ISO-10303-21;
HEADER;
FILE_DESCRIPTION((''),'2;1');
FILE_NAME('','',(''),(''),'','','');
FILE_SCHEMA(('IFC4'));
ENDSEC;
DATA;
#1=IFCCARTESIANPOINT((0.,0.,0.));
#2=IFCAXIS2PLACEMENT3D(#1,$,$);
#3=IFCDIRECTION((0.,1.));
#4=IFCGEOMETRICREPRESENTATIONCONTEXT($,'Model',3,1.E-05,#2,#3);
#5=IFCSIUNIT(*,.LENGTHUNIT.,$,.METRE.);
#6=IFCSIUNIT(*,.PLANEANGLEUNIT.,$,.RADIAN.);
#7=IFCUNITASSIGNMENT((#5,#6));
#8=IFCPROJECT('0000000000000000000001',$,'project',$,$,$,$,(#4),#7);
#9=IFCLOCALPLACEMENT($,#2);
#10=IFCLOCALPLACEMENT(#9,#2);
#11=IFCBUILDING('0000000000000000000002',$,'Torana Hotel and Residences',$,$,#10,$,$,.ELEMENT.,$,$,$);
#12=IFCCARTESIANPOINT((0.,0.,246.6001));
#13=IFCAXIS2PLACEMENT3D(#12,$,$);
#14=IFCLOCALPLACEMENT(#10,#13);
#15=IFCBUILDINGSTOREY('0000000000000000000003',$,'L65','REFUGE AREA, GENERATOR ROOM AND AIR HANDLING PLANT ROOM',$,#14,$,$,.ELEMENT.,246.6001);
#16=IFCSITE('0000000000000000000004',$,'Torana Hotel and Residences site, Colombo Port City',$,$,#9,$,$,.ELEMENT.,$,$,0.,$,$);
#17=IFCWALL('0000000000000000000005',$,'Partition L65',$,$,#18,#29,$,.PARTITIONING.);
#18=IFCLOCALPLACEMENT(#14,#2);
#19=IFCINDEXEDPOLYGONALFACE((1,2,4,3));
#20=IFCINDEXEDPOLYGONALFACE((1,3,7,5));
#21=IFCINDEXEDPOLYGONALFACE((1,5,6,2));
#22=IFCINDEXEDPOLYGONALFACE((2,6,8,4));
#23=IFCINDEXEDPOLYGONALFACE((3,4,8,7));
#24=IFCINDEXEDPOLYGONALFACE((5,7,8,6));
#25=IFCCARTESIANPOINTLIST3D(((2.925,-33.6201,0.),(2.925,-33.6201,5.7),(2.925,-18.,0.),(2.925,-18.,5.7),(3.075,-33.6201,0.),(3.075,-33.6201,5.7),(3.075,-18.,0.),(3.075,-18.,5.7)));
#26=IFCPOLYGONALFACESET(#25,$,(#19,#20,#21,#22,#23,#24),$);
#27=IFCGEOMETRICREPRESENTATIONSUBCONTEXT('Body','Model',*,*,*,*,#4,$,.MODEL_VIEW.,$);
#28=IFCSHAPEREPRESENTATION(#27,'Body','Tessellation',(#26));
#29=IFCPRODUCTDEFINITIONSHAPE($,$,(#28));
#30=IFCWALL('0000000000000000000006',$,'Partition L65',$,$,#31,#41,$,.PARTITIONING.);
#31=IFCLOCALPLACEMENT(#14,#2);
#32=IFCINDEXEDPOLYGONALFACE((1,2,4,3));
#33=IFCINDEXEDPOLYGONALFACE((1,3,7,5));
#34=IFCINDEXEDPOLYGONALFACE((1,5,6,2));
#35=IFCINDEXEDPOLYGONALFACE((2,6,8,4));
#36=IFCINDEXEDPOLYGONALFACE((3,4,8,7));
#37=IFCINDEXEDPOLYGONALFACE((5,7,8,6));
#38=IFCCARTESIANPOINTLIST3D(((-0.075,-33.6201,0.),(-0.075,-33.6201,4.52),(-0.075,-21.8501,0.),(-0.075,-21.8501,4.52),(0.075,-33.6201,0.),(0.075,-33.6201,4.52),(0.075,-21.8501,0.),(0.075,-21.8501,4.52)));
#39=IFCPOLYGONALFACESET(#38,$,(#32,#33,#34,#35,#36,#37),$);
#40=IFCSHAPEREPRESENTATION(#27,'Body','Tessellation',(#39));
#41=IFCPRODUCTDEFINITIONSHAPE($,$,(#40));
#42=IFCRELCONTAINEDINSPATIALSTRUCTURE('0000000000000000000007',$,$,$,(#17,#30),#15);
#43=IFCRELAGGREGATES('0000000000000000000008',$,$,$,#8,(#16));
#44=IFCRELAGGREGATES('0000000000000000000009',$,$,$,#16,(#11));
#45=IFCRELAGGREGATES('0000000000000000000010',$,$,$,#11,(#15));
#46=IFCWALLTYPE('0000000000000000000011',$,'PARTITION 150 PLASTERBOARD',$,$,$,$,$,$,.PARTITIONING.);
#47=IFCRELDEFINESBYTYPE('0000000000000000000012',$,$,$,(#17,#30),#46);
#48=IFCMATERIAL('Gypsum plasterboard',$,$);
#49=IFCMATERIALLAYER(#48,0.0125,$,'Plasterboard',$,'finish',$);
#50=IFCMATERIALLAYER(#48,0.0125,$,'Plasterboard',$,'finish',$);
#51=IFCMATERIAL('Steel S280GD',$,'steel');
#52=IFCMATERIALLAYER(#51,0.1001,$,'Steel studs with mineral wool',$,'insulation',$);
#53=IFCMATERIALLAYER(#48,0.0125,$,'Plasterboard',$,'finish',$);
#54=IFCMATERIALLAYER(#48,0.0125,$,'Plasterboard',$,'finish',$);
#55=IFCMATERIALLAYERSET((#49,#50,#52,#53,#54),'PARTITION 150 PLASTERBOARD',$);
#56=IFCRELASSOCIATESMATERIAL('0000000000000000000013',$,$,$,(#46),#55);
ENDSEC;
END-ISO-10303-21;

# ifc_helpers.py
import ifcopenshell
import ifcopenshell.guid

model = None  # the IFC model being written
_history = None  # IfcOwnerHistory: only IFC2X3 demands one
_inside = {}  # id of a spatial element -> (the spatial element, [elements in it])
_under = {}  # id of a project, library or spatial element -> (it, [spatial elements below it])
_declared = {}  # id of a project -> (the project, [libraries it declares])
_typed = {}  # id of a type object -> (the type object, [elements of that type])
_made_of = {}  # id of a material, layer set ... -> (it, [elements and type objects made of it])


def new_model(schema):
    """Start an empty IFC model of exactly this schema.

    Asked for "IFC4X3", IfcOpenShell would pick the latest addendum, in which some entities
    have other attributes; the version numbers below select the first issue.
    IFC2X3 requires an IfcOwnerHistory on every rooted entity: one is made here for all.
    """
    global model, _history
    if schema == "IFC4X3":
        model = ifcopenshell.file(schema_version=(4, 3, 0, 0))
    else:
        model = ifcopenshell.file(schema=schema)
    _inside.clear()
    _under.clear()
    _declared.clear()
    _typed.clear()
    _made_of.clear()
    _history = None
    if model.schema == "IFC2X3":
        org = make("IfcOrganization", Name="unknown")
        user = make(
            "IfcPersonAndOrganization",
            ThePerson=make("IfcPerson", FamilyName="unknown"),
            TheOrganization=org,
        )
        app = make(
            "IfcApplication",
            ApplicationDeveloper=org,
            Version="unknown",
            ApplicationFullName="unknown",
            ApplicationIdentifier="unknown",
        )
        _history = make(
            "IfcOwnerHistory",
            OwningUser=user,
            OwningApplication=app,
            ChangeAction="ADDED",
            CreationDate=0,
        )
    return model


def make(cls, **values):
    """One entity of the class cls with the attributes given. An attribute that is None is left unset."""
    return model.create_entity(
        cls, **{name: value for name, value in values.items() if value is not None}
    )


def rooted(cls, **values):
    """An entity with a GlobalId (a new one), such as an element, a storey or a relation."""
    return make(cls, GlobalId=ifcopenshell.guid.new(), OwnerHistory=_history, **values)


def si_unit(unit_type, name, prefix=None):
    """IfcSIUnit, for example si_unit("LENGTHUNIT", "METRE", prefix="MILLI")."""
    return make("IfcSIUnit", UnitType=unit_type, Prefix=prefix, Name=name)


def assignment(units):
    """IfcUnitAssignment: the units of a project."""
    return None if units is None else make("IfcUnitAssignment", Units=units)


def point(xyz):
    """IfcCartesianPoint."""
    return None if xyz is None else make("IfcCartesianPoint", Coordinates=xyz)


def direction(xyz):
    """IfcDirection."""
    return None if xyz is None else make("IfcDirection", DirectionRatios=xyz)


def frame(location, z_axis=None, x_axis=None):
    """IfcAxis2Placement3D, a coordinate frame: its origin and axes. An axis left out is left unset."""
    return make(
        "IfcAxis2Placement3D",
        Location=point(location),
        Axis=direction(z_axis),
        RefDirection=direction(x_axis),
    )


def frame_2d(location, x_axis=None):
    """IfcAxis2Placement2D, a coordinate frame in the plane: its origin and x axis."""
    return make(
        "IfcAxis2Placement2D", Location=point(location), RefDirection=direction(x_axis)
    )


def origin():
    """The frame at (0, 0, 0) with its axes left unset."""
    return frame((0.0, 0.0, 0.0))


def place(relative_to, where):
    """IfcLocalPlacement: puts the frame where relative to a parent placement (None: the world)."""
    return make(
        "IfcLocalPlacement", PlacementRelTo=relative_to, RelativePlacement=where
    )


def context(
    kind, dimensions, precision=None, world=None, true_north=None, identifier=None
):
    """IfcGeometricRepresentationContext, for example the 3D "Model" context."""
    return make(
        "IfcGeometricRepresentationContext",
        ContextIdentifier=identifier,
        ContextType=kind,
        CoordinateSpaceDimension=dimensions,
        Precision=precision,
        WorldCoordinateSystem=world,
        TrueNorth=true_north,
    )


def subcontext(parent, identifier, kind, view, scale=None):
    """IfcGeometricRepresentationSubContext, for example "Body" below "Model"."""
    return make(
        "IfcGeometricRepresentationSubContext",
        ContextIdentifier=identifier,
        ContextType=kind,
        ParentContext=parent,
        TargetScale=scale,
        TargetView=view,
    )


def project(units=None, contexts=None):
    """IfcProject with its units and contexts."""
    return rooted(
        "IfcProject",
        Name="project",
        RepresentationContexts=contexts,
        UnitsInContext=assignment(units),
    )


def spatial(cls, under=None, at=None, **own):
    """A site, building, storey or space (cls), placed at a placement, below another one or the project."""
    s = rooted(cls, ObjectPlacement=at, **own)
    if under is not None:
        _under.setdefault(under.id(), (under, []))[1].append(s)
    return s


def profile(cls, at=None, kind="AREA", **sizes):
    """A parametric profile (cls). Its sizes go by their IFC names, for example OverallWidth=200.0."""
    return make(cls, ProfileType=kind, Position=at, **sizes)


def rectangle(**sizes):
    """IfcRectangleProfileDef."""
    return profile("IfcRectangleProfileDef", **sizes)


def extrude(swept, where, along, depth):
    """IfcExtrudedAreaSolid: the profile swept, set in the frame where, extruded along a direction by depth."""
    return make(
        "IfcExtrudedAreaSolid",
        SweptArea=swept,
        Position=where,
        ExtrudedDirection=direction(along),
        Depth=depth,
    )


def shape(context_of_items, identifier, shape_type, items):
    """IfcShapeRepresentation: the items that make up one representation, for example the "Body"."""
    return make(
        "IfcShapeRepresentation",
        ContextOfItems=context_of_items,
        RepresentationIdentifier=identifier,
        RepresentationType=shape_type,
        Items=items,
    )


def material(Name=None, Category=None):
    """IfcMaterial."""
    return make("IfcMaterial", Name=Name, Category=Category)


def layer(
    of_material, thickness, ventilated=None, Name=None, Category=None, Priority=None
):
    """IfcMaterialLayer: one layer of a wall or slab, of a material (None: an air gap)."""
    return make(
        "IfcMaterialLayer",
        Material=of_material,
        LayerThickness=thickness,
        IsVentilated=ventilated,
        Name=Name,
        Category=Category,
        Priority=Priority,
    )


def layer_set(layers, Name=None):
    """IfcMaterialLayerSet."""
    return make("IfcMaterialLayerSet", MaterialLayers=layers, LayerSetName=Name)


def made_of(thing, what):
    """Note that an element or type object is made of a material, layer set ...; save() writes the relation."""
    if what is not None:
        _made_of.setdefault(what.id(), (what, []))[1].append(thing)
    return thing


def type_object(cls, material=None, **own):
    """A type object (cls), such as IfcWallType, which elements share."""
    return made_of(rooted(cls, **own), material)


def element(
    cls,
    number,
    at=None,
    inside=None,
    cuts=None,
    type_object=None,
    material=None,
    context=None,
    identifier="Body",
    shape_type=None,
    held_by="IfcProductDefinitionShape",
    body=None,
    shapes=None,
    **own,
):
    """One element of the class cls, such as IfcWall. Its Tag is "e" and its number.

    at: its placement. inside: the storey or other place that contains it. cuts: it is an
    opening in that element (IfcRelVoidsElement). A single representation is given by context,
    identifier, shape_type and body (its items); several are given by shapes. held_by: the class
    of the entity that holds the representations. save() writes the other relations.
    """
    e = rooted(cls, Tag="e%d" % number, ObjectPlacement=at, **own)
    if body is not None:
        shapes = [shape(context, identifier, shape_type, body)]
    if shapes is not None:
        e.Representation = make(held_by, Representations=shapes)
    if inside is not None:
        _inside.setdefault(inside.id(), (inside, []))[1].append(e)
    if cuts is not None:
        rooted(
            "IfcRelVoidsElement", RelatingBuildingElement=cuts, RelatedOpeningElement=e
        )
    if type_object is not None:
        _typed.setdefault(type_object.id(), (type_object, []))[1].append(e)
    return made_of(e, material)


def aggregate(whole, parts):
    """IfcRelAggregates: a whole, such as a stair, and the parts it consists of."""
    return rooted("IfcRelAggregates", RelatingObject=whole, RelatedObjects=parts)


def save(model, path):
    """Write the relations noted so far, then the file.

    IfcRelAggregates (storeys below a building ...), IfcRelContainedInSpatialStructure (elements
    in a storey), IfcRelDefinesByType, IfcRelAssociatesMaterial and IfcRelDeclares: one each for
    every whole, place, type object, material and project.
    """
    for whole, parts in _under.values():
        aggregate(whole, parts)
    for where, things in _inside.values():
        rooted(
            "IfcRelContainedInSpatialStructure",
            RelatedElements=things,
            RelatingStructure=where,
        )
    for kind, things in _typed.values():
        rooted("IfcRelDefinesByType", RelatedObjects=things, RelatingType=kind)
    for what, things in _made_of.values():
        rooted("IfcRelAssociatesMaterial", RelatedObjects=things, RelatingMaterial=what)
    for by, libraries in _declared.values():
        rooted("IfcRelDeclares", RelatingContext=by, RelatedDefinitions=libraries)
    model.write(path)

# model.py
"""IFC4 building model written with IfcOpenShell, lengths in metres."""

from ifc_helpers import new_model, si_unit, direction, frame, frame_2d, origin, place, context, subcontext, project, spatial, rectangle, extrude, material, layer, layer_set, type_object, element, save


model = new_model("IFC4")

# Units and contexts
model_context = context("Model", 3, precision=1e-05, world=origin(), true_north=direction((0.0, 1.0)))
body_context = subcontext(model_context, "Body", "Model", "MODEL_VIEW")
ifc_project = project(units=[si_unit("LENGTHUNIT", "METRE"), si_unit("PLANEANGLEUNIT", "RADIAN")], contexts=[model_context])

# Site, building, storey
site_placement = place(None, origin())
site = spatial("IfcSite", under=ifc_project, at=site_placement, Name="Torana Hotel and Residences site, Colombo Port City", CompositionType="ELEMENT", RefElevation=0.0)
building_placement = place(site_placement, origin())
building = spatial("IfcBuilding", under=site, at=building_placement, Name="Torana Hotel and Residences", CompositionType="ELEMENT")
storey_placement = place(building_placement, frame((0.0, 0.0, 246.6001)))
storey = spatial("IfcBuildingStorey", under=building, at=storey_placement, Name="L65", Description="REFUGE AREA, GENERATOR ROOM AND AIR HANDLING PLANT ROOM", CompositionType="ELEMENT", Elevation=246.6001)

# Walls
ifc_material_1 = material(Name="Gypsum plasterboard")
ifc_layer_1 = layer(ifc_material_1, 0.0125, Name="Plasterboard", Category="finish")
ifc_layer_2 = layer(ifc_material_1, 0.0125, Name="Plasterboard", Category="finish")
ifc_material_2 = material(Name="Steel S280GD", Category="steel")
ifc_layer_3 = layer(ifc_material_2, 0.1001, Name="Steel studs with mineral wool", Category="insulation")
ifc_layer_4 = layer(ifc_material_1, 0.0125, Name="Plasterboard", Category="finish")
ifc_layer_5 = layer(ifc_material_1, 0.0125, Name="Plasterboard", Category="finish")
ifc_layer_set_1 = layer_set([ifc_layer_1, ifc_layer_2, ifc_layer_3, ifc_layer_4, ifc_layer_5], Name="PARTITION 150 PLASTERBOARD")
wall_type = type_object("IfcWallType", Name="PARTITION 150 PLASTERBOARD", PredefinedType="PARTITIONING", material=ifc_layer_set_1)
wall_1_placement = place(storey_placement, frame((3.0, -33.6201, 0.0), z_axis=(0.0, 0.0, 1.0), x_axis=(0.0, 1.0, 0.0)))
element("IfcWall", 1, at=wall_1_placement, inside=storey, type_object=wall_type, Name="Partition L65", PredefinedType="PARTITIONING", context=body_context, shape_type="SweptSolid", body=[
    extrude(rectangle(XDim=15.6201, YDim=0.1499, at=frame_2d((7.8101, 0.0))), origin(), (0.0, 0.0, 1.0), 5.7),
])
wall_2_placement = place(storey_placement, frame((0.0, -33.6201, 0.0), z_axis=(0.0, 0.0, 1.0), x_axis=(0.0, 1.0, 0.0)))
element("IfcWall", 2, at=wall_2_placement, inside=storey, type_object=wall_type, Name="Partition L65", PredefinedType="PARTITIONING", context=body_context, shape_type="SweptSolid", body=[
    extrude(rectangle(XDim=11.77, YDim=0.1499, at=frame_2d((5.885, 0.0))), origin(), (0.0, 0.0, 1.0), 4.52),
])

save(model, "model.ifc")
